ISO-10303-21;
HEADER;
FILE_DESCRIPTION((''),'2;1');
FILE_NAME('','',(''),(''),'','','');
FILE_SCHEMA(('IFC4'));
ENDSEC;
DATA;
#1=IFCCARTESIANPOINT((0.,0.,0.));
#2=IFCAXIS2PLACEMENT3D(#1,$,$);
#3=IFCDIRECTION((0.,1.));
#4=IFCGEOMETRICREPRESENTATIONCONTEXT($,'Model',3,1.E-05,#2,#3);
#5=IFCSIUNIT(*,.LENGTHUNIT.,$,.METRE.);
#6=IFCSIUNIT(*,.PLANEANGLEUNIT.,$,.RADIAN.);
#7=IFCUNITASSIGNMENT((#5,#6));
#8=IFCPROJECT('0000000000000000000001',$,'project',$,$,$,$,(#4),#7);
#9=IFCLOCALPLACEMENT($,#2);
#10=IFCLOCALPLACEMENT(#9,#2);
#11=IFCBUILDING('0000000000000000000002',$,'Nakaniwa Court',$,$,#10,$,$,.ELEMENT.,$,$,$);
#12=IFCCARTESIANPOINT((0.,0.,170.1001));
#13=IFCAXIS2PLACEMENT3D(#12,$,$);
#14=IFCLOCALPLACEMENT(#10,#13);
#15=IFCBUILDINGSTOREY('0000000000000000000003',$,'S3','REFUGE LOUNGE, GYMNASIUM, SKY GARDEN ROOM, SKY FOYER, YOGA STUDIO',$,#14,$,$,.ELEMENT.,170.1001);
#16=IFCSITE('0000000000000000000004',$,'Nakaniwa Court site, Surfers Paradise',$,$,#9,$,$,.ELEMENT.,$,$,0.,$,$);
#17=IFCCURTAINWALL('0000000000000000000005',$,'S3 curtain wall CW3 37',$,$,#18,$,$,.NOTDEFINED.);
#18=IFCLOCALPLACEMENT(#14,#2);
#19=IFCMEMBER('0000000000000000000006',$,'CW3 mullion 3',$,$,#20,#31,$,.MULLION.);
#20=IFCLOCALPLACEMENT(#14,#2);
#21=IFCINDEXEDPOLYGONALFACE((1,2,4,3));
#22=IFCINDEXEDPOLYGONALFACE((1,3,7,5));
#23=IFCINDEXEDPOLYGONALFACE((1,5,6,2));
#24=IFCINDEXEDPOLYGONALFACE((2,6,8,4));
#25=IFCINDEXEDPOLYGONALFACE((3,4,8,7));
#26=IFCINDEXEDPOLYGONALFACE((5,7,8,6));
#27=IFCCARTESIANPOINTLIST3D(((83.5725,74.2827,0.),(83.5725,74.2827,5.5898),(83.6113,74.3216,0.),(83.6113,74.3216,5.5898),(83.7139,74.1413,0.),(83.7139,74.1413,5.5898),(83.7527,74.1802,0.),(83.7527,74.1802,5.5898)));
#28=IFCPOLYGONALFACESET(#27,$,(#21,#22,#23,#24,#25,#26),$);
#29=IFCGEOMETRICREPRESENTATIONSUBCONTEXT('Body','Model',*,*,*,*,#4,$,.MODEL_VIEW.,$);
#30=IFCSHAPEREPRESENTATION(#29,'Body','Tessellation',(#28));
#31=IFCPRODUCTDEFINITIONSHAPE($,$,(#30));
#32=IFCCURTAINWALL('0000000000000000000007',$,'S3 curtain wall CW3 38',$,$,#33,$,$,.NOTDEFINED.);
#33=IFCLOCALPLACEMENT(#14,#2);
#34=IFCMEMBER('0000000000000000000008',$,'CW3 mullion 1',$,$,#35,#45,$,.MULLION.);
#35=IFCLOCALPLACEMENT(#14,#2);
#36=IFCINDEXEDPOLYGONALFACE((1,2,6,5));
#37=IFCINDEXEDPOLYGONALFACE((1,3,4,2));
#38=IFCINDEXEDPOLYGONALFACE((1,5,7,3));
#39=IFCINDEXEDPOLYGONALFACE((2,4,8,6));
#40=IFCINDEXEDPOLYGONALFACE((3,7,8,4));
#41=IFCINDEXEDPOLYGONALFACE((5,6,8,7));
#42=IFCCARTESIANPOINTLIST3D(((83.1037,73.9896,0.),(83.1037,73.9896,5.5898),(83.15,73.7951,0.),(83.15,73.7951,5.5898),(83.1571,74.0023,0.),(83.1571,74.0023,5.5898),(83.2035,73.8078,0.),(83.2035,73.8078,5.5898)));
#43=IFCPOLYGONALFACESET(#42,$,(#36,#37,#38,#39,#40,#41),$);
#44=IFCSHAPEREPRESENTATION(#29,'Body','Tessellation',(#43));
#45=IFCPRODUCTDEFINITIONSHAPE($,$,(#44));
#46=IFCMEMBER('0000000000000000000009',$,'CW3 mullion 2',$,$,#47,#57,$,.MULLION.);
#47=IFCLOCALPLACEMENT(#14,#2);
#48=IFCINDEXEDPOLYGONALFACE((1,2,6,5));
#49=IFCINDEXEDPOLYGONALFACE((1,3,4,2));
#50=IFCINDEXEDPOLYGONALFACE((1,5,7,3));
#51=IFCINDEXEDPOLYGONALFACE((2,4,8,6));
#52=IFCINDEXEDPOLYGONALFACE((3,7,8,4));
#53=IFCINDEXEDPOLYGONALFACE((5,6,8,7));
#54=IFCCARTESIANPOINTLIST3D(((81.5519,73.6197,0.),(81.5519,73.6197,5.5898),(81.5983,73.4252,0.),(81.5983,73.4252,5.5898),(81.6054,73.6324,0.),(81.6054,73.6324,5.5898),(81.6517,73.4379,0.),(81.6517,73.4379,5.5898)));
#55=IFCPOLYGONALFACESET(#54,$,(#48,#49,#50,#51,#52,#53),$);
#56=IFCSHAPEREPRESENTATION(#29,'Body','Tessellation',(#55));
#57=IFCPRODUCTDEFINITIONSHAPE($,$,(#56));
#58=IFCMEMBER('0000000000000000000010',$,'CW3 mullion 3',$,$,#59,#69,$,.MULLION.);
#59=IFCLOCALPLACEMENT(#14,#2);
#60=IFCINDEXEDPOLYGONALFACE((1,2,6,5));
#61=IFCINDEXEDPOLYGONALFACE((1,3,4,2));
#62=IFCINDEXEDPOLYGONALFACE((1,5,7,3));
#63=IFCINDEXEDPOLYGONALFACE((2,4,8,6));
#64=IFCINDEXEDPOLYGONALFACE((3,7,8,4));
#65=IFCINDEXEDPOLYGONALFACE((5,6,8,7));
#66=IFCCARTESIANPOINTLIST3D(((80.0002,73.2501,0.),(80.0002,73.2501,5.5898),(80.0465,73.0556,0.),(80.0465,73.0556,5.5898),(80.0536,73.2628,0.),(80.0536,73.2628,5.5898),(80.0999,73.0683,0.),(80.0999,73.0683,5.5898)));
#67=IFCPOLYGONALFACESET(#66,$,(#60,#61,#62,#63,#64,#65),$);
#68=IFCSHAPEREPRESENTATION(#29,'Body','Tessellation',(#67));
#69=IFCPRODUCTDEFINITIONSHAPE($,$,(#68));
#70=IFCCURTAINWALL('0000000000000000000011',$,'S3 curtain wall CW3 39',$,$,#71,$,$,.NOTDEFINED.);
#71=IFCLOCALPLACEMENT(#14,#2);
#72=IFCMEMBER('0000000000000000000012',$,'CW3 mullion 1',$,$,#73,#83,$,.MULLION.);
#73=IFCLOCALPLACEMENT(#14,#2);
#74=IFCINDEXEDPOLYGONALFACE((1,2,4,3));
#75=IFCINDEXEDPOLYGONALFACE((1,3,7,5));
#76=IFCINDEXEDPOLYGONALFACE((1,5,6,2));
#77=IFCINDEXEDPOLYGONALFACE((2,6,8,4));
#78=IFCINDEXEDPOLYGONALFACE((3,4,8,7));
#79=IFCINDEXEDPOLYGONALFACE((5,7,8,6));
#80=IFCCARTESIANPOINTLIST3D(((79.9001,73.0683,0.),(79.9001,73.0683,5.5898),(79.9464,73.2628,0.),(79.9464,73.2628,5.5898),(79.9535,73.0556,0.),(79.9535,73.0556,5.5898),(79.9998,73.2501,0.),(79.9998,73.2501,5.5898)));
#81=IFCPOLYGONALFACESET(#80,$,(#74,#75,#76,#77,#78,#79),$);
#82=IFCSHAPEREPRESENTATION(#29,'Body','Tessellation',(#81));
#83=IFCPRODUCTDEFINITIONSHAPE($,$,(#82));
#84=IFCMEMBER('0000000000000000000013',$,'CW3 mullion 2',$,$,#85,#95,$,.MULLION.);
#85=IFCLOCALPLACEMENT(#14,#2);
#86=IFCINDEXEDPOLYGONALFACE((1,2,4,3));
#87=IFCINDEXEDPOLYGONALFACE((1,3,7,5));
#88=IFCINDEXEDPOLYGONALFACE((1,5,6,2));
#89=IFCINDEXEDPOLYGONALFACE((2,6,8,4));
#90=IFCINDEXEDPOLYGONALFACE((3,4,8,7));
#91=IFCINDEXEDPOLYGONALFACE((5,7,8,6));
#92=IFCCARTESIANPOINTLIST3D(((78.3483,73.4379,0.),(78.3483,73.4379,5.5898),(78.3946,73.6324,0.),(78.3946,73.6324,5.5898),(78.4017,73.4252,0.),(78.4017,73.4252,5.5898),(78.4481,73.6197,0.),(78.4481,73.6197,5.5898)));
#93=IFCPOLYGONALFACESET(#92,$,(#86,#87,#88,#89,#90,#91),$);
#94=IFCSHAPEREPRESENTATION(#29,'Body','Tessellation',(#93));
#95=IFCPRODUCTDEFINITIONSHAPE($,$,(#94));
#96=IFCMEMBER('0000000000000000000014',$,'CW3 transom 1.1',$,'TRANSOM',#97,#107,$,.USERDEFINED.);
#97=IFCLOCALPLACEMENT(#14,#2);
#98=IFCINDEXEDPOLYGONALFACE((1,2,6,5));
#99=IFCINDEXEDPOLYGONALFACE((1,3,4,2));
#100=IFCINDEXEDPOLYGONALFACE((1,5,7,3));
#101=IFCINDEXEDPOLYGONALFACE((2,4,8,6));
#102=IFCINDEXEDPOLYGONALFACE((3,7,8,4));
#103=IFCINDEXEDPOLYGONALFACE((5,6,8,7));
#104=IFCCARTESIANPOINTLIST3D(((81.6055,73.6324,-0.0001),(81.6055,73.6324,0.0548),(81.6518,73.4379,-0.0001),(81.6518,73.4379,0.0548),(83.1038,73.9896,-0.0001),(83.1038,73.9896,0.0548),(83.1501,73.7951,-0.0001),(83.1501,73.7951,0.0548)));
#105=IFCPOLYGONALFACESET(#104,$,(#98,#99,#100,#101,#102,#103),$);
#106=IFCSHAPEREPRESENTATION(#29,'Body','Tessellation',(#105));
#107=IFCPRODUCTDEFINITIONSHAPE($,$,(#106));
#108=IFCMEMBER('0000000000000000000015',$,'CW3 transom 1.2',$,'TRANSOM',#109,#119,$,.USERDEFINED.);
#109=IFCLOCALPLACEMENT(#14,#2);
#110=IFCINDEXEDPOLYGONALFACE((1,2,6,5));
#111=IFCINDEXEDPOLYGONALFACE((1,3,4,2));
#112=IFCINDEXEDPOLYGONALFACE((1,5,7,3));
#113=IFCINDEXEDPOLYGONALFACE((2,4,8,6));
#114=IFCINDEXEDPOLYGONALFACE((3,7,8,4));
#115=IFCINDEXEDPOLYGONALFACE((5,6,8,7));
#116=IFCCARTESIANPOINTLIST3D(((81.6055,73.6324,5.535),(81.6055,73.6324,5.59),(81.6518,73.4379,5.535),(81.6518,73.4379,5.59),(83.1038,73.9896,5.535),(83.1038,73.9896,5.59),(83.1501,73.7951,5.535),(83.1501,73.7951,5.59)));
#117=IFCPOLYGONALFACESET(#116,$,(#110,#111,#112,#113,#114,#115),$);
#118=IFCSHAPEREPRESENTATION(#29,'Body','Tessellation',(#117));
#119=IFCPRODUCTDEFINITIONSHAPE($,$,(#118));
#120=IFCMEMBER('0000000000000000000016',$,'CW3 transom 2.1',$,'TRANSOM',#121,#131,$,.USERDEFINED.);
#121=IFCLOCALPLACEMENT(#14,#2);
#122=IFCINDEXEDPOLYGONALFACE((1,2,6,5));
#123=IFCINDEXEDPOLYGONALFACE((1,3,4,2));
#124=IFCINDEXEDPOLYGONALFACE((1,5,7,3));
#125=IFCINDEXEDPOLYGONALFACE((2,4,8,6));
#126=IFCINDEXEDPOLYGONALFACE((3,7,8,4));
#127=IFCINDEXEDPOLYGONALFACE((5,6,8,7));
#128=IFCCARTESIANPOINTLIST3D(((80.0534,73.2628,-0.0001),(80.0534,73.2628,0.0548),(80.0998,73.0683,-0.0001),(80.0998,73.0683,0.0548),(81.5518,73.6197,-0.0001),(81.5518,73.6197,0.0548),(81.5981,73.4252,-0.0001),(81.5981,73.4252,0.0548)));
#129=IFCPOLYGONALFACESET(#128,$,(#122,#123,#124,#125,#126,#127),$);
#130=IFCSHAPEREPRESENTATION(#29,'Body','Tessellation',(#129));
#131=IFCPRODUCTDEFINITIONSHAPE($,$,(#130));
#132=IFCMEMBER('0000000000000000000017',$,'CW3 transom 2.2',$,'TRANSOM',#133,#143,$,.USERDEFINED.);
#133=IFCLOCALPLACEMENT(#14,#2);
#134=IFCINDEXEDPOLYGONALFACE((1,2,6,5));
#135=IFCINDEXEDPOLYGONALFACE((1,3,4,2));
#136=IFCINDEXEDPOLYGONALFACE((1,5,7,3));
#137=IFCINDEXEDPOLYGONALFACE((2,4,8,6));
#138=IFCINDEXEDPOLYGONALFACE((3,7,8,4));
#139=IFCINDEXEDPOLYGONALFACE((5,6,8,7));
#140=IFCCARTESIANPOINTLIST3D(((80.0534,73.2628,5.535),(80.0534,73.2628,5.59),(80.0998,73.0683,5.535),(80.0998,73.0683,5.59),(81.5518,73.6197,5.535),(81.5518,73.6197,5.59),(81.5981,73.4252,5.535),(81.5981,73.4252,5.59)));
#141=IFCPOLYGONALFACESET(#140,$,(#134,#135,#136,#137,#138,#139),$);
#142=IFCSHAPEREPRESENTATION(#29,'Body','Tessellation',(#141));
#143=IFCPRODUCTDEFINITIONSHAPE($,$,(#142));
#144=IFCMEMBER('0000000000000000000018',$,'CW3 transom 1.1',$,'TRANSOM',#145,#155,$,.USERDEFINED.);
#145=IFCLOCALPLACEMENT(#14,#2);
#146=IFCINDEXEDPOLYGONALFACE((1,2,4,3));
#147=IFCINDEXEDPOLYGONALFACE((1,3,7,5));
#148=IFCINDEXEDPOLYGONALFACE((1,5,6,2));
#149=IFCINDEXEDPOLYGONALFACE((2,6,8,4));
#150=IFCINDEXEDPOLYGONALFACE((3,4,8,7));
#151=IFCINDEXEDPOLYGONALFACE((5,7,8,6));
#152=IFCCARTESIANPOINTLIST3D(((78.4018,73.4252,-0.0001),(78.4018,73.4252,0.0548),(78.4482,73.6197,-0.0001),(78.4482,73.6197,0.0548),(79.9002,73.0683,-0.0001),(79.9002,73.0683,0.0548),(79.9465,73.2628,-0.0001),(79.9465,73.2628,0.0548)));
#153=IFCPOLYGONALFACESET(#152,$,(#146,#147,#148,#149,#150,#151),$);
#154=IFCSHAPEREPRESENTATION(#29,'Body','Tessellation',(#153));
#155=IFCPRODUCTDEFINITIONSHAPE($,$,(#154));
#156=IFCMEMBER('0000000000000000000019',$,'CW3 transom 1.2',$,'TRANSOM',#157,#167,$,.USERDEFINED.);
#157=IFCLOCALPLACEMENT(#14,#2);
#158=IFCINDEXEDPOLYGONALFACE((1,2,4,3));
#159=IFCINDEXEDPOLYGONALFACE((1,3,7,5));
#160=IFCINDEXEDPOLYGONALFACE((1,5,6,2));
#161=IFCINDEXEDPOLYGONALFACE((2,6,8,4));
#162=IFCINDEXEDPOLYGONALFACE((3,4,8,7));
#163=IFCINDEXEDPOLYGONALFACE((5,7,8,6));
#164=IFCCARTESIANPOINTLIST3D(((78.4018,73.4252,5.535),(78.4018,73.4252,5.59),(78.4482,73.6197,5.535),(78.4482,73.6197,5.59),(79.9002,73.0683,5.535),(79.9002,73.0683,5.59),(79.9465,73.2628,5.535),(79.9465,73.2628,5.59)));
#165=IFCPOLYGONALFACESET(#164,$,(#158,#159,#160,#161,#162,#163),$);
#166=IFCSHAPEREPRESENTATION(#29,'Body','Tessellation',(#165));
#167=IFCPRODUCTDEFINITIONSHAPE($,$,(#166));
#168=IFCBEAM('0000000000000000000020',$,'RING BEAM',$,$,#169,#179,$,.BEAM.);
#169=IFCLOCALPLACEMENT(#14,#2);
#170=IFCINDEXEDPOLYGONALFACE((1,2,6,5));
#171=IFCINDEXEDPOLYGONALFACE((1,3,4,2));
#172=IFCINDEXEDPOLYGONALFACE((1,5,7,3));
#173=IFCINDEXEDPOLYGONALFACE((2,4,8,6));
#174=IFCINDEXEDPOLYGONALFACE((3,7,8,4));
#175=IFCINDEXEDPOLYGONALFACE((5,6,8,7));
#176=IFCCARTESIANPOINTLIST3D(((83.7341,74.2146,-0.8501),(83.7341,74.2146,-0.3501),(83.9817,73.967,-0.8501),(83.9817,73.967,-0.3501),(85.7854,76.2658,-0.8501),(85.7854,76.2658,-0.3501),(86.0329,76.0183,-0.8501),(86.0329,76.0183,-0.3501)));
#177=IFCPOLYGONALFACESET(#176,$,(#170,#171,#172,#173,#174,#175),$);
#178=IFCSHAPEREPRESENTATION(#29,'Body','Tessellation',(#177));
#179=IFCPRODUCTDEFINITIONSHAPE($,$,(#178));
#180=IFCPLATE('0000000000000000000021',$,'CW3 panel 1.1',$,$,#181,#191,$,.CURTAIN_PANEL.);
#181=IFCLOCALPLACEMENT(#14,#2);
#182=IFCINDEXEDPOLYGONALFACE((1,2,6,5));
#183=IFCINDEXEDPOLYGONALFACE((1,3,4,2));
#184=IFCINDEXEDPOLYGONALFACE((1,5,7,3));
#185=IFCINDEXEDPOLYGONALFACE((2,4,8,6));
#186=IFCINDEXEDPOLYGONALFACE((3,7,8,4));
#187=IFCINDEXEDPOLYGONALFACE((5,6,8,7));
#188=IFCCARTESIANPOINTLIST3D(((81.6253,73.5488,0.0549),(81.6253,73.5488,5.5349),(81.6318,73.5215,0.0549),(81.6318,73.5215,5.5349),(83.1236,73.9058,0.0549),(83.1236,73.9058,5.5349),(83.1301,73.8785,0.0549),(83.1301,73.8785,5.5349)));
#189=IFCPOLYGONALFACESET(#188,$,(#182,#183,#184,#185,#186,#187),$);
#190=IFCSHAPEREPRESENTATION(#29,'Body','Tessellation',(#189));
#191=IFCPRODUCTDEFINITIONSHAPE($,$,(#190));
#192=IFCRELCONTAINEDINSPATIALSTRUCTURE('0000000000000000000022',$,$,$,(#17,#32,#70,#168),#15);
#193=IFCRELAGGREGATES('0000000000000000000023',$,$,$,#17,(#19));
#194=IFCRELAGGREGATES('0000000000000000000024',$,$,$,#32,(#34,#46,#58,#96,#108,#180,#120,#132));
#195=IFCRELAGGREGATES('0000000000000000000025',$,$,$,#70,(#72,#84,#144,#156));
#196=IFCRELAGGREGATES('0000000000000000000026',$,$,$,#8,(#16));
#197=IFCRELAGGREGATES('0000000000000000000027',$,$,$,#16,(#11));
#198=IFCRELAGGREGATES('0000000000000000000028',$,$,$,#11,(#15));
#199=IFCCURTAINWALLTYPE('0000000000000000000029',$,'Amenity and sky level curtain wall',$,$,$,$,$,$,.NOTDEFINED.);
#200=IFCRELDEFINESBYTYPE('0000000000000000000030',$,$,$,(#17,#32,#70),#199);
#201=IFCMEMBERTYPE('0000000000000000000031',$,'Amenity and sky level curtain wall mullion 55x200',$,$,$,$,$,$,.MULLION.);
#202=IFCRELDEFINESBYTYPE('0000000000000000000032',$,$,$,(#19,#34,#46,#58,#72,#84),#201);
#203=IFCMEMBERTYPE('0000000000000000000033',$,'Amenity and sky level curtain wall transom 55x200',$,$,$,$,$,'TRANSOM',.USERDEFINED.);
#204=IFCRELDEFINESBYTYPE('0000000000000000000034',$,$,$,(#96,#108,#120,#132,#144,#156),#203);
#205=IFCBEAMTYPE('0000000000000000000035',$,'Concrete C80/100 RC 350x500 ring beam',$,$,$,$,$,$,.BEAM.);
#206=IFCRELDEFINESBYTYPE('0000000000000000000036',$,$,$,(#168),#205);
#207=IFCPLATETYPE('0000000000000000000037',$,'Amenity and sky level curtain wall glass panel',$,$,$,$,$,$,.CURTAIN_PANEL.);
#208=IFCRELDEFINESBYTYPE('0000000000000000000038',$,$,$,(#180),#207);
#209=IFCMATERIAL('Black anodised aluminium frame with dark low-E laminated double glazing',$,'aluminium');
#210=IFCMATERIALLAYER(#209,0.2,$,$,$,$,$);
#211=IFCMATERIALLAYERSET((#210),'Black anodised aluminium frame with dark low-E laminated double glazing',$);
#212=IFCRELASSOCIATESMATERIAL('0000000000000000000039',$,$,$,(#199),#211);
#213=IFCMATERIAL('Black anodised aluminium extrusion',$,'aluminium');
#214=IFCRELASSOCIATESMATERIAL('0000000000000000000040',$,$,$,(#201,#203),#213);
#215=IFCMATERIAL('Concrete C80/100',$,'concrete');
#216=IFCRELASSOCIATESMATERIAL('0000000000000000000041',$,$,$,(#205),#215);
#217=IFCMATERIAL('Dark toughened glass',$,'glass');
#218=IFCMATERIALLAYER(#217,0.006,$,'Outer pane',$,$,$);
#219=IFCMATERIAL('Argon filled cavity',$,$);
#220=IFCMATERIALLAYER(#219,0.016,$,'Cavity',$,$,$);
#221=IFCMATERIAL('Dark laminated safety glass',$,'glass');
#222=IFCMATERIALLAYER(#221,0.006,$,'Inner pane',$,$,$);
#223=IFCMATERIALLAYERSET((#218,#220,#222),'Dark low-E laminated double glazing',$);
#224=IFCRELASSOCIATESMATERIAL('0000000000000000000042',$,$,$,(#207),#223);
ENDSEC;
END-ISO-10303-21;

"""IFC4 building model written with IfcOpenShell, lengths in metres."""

from ifc_helpers import new_model, si_unit, direction, frame, origin, origin_2d, place, context, subcontext, project, spatial, rectangle, extrude, material, layer, layer_set, material_profile, profile_set, type_object, element, aggregate, save


model = new_model("IFC4")

# Units and contexts
model_context = context("Model", 3, precision=1e-05, world=origin(), true_north=direction((0.0, 1.0)))
body_context = subcontext(model_context, "Body", "Model", "MODEL_VIEW")
ifc_project = project(units=[si_unit("LENGTHUNIT", "METRE"), si_unit("PLANEANGLEUNIT", "RADIAN")], contexts=[model_context])

# Site, building, storey
site_placement = place(None, origin())
site = spatial("IfcSite", under=ifc_project, at=site_placement, Name="Nakaniwa Court site, Surfers Paradise", CompositionType="ELEMENT", RefElevation=0.0)
building_placement = place(site_placement, origin())
building = spatial("IfcBuilding", under=site, at=building_placement, Name="Nakaniwa Court", CompositionType="ELEMENT")
storey_placement = place(building_placement, frame((0.0, 0.0, 170.1001)))
storey = spatial("IfcBuildingStorey", under=building, at=storey_placement, Name="S3", Description="REFUGE LOUNGE, GYMNASIUM, SKY GARDEN ROOM, SKY FOYER, YOGA STUDIO", CompositionType="ELEMENT", Elevation=170.1001)

# Shared definitions
ifc_material_1 = material(Name="Concrete C80/100", Category="concrete")

# Curtain wall, member
ifc_material_2 = material(Name="Black anodised aluminium frame with dark low-E laminated double glazing", Category="aluminium")
ifc_layer_1 = layer(ifc_material_2, 0.2)
ifc_layer_set_1 = layer_set([ifc_layer_1], Name="Black anodised aluminium frame with dark low-E laminated double glazing")
curtain_wall_type = type_object("IfcCurtainWallType", Name="Amenity and sky level curtain wall", PredefinedType="NOTDEFINED", material=ifc_layer_set_1)
curtain_wall_1_placement = place(storey_placement, origin())
curtain_wall_1 = element("IfcCurtainWall", 1, at=curtain_wall_1_placement, inside=storey, type_object=curtain_wall_type, Name="S3 curtain wall CW3 37", PredefinedType="NOTDEFINED")
ifc_material_3 = material(Name="Black anodised aluminium extrusion", Category="aluminium")
ifc_material_profile_1 = material_profile(ifc_material_3, rectangle(XDim=0.2, YDim=0.0549, at=origin_2d()), Name="Amenity and sky level curtain wall mullion 55x200")
ifc_profile_set_1 = profile_set([ifc_material_profile_1], Name="Black anodised aluminium extrusion")
member_type_1 = type_object("IfcMemberType", Name="Amenity and sky level curtain wall mullion 55x200", PredefinedType="MULLION", material=ifc_profile_set_1)
member_1_placement = place(storey_placement, frame((83.6626, 74.2314, 0.0), z_axis=(0.0, 0.0, 1.0), x_axis=(0.707107, -0.707107, 0.0)))
member_1 = element("IfcMember", 2, at=member_1_placement, type_object=member_type_1, Name="CW3 mullion 3", PredefinedType="MULLION", context=body_context, shape_type="SweptSolid", body=[
    extrude(rectangle(XDim=0.2, YDim=0.0549, at=origin_2d()), origin(), (0.0, 0.0, 1.0), 5.5898),
])
aggregate(curtain_wall_1, [member_1])

# Curtain walls, members
curtain_wall_2_placement = place(storey_placement, origin())
curtain_wall_2 = element("IfcCurtainWall", 3, at=curtain_wall_2_placement, inside=storey, type_object=curtain_wall_type, Name="S3 curtain wall CW3 38", PredefinedType="NOTDEFINED")
member_2_placement = place(storey_placement, frame((83.1536, 73.8987, 0.0), z_axis=(0.0, 0.0, 1.0), x_axis=(0.231791, -0.972766, 0.0)))
member_2 = element("IfcMember", 4, at=member_2_placement, type_object=member_type_1, Name="CW3 mullion 1", PredefinedType="MULLION", context=body_context, shape_type="SweptSolid", body=[
    extrude(rectangle(XDim=0.2, YDim=0.0549, at=origin_2d()), origin(), (0.0, 0.0, 1.0), 5.5898),
])
member_3_placement = place(storey_placement, frame((81.6018, 73.5288, 0.0), z_axis=(0.0, 0.0, 1.0), x_axis=(0.231791, -0.972766, 0.0)))
member_3 = element("IfcMember", 5, at=member_3_placement, type_object=member_type_1, Name="CW3 mullion 2", PredefinedType="MULLION", context=body_context, shape_type="SweptSolid", body=[
    extrude(rectangle(XDim=0.2, YDim=0.0549, at=origin_2d()), origin(), (0.0, 0.0, 1.0), 5.5898),
])
member_4_placement = place(storey_placement, frame((80.05, 73.1592, 0.0), z_axis=(0.0, 0.0, 1.0), x_axis=(0.231791, -0.972766, 0.0)))
member_4 = element("IfcMember", 6, at=member_4_placement, type_object=member_type_1, Name="CW3 mullion 3", PredefinedType="MULLION", context=body_context, shape_type="SweptSolid", body=[
    extrude(rectangle(XDim=0.2, YDim=0.0549, at=origin_2d()), origin(), (0.0, 0.0, 1.0), 5.5898),
])
curtain_wall_3_placement = place(storey_placement, origin())
curtain_wall_3 = element("IfcCurtainWall", 7, at=curtain_wall_3_placement, inside=storey, type_object=curtain_wall_type, Name="S3 curtain wall CW3 39", PredefinedType="NOTDEFINED")
member_5_placement = place(storey_placement, frame((79.95, 73.1592, 0.0), z_axis=(0.0, 0.0, 1.0), x_axis=(-0.231791, -0.972766, 0.0)))
member_5 = element("IfcMember", 8, at=member_5_placement, type_object=member_type_1, Name="CW3 mullion 1", PredefinedType="MULLION", context=body_context, shape_type="SweptSolid", body=[
    extrude(rectangle(XDim=0.2, YDim=0.0549, at=origin_2d()), origin(), (0.0, 0.0, 1.0), 5.5898),
])
member_6_placement = place(storey_placement, frame((78.3982, 73.5288, 0.0), z_axis=(0.0, 0.0, 1.0), x_axis=(-0.231791, -0.972766, 0.0)))
member_6 = element("IfcMember", 9, at=member_6_placement, type_object=member_type_1, Name="CW3 mullion 2", PredefinedType="MULLION", context=body_context, shape_type="SweptSolid", body=[
    extrude(rectangle(XDim=0.2, YDim=0.0549, at=origin_2d()), origin(), (0.0, 0.0, 1.0), 5.5898),
])

# Members
ifc_material_profile_2 = material_profile(ifc_material_3, rectangle(XDim=0.2, YDim=0.0549, at=origin_2d()), Name="Amenity and sky level curtain wall transom 55x200")
ifc_profile_set_2 = profile_set([ifc_material_profile_2], Name="Black anodised aluminium extrusion")
member_type_2 = type_object("IfcMemberType", Name="Amenity and sky level curtain wall transom 55x200", ElementType="TRANSOM", PredefinedType="USERDEFINED", material=ifc_profile_set_2)
member_7_placement = place(storey_placement, frame((83.127, 73.8923, 0.0273), z_axis=(-0.972742, -0.231892, 0.0), x_axis=(0.231892, -0.972742, 0.0)))
member_7 = element("IfcMember", 10, at=member_7_placement, type_object=member_type_2, Name="CW3 transom 1.1", ObjectType="TRANSOM", PredefinedType="USERDEFINED", context=body_context, shape_type="SweptSolid", body=[
    extrude(rectangle(XDim=0.2, YDim=0.0549, at=origin_2d()), origin(), (0.0, 0.0, 1.0), 1.5403),
])
member_8_placement = place(storey_placement, frame((83.127, 73.8923, 5.5625), z_axis=(-0.972742, -0.231892, 0.0), x_axis=(0.231892, -0.972742, 0.0)))
member_8 = element("IfcMember", 11, at=member_8_placement, type_object=member_type_2, Name="CW3 transom 1.2", ObjectType="TRANSOM", PredefinedType="USERDEFINED", context=body_context, shape_type="SweptSolid", body=[
    extrude(rectangle(XDim=0.2, YDim=0.0549, at=origin_2d()), origin(), (0.0, 0.0, 1.0), 1.5403),
])
member_9_placement = place(storey_placement, frame((81.575, 73.5225, 0.0273), z_axis=(-0.972777, -0.231742, 0.0), x_axis=(0.231742, -0.972777, 0.0)))
member_9 = element("IfcMember", 12, at=member_9_placement, type_object=member_type_2, Name="CW3 transom 2.1", ObjectType="TRANSOM", PredefinedType="USERDEFINED", context=body_context, shape_type="SweptSolid", body=[
    extrude(rectangle(XDim=0.2, YDim=0.0549, at=origin_2d()), origin(), (0.0, 0.0, 1.0), 1.5403),
])
member_10_placement = place(storey_placement, frame((81.575, 73.5225, 5.5625), z_axis=(-0.972777, -0.231742, 0.0), x_axis=(0.231742, -0.972777, 0.0)))
member_10 = element("IfcMember", 13, at=member_10_placement, type_object=member_type_2, Name="CW3 transom 2.2", ObjectType="TRANSOM", PredefinedType="USERDEFINED", context=body_context, shape_type="SweptSolid", body=[
    extrude(rectangle(XDim=0.2, YDim=0.0549, at=origin_2d()), origin(), (0.0, 0.0, 1.0), 1.5403),
])
member_11_placement = place(storey_placement, frame((79.9233, 73.1655, 0.0273), z_axis=(-0.972777, 0.231742, 0.0), x_axis=(-0.231742, -0.972777, 0.0)))
member_11 = element("IfcMember", 14, at=member_11_placement, type_object=member_type_2, Name="CW3 transom 1.1", ObjectType="TRANSOM", PredefinedType="USERDEFINED", context=body_context, shape_type="SweptSolid", body=[
    extrude(rectangle(XDim=0.2, YDim=0.0549, at=origin_2d()), origin(), (0.0, 0.0, 1.0), 1.5403),
])
member_12_placement = place(storey_placement, frame((79.9233, 73.1655, 5.5625), z_axis=(-0.972777, 0.231742, 0.0), x_axis=(-0.231742, -0.972777, 0.0)))
member_12 = element("IfcMember", 15, at=member_12_placement, type_object=member_type_2, Name="CW3 transom 1.2", ObjectType="TRANSOM", PredefinedType="USERDEFINED", context=body_context, shape_type="SweptSolid", body=[
    extrude(rectangle(XDim=0.2, YDim=0.0549, at=origin_2d()), origin(), (0.0, 0.0, 1.0), 1.5403),
])

# Beam
ifc_material_profile_3 = material_profile(ifc_material_1, rectangle(XDim=0.3501, YDim=0.5, at=origin_2d()), Name="Concrete C80/100 RC 350x500 ring beam")
ifc_profile_set_3 = profile_set([ifc_material_profile_3], Name="Concrete C80/100")
beam_type = type_object("IfcBeamType", Name="Concrete C80/100 RC 350x500 ring beam", PredefinedType="BEAM", material=ifc_profile_set_3)
beam_placement = place(storey_placement, frame((83.8579, 74.0908, -0.6001), z_axis=(0.707107, 0.707107, 0.0), x_axis=(-0.707107, 0.707107, 0.0)))
element("IfcBeam", 16, at=beam_placement, inside=storey, type_object=beam_type, Name="RING BEAM", PredefinedType="BEAM", context=body_context, shape_type="SweptSolid", body=[
    extrude(rectangle(XDim=0.3501, YDim=0.5, at=origin_2d()), origin(), (0.0, 0.0, 1.0), 2.9009),
])

# Plate
ifc_material_4 = material(Name="Dark toughened glass", Category="glass")
ifc_layer_2 = layer(ifc_material_4, 0.006, Name="Outer pane")
ifc_material_5 = material(Name="Argon filled cavity")
ifc_layer_3 = layer(ifc_material_5, 0.016, Name="Cavity")
ifc_material_6 = material(Name="Dark laminated safety glass", Category="glass")
ifc_layer_4 = layer(ifc_material_6, 0.006, Name="Inner pane")
ifc_layer_set_2 = layer_set([ifc_layer_2, ifc_layer_3, ifc_layer_4], Name="Dark low-E laminated double glazing")
plate_type = type_object("IfcPlateType", Name="Amenity and sky level curtain wall glass panel", PredefinedType="CURTAIN_PANEL", material=ifc_layer_set_2)
plate_1_placement = place(storey_placement, frame((82.3777, 73.7136, 0.0549), z_axis=(0.0, 0.0, 1.0), x_axis=(-0.972766, -0.231791, 0.0)))
plate_1 = element("IfcPlate", 17, at=plate_1_placement, type_object=plate_type, Name="CW3 panel 1.1", PredefinedType="CURTAIN_PANEL", context=body_context, shape_type="SweptSolid", body=[
    extrude(rectangle(XDim=1.5403, YDim=0.0281, at=origin_2d()), origin(), (0.0, 0.0, 1.0), 5.48),
])
aggregate(curtain_wall_2, [member_2, member_3, member_4, member_7, member_8, plate_1, member_9, member_10])
aggregate(curtain_wall_3, [member_5, member_6, member_11, member_12])

save(model, "model.ifc")
